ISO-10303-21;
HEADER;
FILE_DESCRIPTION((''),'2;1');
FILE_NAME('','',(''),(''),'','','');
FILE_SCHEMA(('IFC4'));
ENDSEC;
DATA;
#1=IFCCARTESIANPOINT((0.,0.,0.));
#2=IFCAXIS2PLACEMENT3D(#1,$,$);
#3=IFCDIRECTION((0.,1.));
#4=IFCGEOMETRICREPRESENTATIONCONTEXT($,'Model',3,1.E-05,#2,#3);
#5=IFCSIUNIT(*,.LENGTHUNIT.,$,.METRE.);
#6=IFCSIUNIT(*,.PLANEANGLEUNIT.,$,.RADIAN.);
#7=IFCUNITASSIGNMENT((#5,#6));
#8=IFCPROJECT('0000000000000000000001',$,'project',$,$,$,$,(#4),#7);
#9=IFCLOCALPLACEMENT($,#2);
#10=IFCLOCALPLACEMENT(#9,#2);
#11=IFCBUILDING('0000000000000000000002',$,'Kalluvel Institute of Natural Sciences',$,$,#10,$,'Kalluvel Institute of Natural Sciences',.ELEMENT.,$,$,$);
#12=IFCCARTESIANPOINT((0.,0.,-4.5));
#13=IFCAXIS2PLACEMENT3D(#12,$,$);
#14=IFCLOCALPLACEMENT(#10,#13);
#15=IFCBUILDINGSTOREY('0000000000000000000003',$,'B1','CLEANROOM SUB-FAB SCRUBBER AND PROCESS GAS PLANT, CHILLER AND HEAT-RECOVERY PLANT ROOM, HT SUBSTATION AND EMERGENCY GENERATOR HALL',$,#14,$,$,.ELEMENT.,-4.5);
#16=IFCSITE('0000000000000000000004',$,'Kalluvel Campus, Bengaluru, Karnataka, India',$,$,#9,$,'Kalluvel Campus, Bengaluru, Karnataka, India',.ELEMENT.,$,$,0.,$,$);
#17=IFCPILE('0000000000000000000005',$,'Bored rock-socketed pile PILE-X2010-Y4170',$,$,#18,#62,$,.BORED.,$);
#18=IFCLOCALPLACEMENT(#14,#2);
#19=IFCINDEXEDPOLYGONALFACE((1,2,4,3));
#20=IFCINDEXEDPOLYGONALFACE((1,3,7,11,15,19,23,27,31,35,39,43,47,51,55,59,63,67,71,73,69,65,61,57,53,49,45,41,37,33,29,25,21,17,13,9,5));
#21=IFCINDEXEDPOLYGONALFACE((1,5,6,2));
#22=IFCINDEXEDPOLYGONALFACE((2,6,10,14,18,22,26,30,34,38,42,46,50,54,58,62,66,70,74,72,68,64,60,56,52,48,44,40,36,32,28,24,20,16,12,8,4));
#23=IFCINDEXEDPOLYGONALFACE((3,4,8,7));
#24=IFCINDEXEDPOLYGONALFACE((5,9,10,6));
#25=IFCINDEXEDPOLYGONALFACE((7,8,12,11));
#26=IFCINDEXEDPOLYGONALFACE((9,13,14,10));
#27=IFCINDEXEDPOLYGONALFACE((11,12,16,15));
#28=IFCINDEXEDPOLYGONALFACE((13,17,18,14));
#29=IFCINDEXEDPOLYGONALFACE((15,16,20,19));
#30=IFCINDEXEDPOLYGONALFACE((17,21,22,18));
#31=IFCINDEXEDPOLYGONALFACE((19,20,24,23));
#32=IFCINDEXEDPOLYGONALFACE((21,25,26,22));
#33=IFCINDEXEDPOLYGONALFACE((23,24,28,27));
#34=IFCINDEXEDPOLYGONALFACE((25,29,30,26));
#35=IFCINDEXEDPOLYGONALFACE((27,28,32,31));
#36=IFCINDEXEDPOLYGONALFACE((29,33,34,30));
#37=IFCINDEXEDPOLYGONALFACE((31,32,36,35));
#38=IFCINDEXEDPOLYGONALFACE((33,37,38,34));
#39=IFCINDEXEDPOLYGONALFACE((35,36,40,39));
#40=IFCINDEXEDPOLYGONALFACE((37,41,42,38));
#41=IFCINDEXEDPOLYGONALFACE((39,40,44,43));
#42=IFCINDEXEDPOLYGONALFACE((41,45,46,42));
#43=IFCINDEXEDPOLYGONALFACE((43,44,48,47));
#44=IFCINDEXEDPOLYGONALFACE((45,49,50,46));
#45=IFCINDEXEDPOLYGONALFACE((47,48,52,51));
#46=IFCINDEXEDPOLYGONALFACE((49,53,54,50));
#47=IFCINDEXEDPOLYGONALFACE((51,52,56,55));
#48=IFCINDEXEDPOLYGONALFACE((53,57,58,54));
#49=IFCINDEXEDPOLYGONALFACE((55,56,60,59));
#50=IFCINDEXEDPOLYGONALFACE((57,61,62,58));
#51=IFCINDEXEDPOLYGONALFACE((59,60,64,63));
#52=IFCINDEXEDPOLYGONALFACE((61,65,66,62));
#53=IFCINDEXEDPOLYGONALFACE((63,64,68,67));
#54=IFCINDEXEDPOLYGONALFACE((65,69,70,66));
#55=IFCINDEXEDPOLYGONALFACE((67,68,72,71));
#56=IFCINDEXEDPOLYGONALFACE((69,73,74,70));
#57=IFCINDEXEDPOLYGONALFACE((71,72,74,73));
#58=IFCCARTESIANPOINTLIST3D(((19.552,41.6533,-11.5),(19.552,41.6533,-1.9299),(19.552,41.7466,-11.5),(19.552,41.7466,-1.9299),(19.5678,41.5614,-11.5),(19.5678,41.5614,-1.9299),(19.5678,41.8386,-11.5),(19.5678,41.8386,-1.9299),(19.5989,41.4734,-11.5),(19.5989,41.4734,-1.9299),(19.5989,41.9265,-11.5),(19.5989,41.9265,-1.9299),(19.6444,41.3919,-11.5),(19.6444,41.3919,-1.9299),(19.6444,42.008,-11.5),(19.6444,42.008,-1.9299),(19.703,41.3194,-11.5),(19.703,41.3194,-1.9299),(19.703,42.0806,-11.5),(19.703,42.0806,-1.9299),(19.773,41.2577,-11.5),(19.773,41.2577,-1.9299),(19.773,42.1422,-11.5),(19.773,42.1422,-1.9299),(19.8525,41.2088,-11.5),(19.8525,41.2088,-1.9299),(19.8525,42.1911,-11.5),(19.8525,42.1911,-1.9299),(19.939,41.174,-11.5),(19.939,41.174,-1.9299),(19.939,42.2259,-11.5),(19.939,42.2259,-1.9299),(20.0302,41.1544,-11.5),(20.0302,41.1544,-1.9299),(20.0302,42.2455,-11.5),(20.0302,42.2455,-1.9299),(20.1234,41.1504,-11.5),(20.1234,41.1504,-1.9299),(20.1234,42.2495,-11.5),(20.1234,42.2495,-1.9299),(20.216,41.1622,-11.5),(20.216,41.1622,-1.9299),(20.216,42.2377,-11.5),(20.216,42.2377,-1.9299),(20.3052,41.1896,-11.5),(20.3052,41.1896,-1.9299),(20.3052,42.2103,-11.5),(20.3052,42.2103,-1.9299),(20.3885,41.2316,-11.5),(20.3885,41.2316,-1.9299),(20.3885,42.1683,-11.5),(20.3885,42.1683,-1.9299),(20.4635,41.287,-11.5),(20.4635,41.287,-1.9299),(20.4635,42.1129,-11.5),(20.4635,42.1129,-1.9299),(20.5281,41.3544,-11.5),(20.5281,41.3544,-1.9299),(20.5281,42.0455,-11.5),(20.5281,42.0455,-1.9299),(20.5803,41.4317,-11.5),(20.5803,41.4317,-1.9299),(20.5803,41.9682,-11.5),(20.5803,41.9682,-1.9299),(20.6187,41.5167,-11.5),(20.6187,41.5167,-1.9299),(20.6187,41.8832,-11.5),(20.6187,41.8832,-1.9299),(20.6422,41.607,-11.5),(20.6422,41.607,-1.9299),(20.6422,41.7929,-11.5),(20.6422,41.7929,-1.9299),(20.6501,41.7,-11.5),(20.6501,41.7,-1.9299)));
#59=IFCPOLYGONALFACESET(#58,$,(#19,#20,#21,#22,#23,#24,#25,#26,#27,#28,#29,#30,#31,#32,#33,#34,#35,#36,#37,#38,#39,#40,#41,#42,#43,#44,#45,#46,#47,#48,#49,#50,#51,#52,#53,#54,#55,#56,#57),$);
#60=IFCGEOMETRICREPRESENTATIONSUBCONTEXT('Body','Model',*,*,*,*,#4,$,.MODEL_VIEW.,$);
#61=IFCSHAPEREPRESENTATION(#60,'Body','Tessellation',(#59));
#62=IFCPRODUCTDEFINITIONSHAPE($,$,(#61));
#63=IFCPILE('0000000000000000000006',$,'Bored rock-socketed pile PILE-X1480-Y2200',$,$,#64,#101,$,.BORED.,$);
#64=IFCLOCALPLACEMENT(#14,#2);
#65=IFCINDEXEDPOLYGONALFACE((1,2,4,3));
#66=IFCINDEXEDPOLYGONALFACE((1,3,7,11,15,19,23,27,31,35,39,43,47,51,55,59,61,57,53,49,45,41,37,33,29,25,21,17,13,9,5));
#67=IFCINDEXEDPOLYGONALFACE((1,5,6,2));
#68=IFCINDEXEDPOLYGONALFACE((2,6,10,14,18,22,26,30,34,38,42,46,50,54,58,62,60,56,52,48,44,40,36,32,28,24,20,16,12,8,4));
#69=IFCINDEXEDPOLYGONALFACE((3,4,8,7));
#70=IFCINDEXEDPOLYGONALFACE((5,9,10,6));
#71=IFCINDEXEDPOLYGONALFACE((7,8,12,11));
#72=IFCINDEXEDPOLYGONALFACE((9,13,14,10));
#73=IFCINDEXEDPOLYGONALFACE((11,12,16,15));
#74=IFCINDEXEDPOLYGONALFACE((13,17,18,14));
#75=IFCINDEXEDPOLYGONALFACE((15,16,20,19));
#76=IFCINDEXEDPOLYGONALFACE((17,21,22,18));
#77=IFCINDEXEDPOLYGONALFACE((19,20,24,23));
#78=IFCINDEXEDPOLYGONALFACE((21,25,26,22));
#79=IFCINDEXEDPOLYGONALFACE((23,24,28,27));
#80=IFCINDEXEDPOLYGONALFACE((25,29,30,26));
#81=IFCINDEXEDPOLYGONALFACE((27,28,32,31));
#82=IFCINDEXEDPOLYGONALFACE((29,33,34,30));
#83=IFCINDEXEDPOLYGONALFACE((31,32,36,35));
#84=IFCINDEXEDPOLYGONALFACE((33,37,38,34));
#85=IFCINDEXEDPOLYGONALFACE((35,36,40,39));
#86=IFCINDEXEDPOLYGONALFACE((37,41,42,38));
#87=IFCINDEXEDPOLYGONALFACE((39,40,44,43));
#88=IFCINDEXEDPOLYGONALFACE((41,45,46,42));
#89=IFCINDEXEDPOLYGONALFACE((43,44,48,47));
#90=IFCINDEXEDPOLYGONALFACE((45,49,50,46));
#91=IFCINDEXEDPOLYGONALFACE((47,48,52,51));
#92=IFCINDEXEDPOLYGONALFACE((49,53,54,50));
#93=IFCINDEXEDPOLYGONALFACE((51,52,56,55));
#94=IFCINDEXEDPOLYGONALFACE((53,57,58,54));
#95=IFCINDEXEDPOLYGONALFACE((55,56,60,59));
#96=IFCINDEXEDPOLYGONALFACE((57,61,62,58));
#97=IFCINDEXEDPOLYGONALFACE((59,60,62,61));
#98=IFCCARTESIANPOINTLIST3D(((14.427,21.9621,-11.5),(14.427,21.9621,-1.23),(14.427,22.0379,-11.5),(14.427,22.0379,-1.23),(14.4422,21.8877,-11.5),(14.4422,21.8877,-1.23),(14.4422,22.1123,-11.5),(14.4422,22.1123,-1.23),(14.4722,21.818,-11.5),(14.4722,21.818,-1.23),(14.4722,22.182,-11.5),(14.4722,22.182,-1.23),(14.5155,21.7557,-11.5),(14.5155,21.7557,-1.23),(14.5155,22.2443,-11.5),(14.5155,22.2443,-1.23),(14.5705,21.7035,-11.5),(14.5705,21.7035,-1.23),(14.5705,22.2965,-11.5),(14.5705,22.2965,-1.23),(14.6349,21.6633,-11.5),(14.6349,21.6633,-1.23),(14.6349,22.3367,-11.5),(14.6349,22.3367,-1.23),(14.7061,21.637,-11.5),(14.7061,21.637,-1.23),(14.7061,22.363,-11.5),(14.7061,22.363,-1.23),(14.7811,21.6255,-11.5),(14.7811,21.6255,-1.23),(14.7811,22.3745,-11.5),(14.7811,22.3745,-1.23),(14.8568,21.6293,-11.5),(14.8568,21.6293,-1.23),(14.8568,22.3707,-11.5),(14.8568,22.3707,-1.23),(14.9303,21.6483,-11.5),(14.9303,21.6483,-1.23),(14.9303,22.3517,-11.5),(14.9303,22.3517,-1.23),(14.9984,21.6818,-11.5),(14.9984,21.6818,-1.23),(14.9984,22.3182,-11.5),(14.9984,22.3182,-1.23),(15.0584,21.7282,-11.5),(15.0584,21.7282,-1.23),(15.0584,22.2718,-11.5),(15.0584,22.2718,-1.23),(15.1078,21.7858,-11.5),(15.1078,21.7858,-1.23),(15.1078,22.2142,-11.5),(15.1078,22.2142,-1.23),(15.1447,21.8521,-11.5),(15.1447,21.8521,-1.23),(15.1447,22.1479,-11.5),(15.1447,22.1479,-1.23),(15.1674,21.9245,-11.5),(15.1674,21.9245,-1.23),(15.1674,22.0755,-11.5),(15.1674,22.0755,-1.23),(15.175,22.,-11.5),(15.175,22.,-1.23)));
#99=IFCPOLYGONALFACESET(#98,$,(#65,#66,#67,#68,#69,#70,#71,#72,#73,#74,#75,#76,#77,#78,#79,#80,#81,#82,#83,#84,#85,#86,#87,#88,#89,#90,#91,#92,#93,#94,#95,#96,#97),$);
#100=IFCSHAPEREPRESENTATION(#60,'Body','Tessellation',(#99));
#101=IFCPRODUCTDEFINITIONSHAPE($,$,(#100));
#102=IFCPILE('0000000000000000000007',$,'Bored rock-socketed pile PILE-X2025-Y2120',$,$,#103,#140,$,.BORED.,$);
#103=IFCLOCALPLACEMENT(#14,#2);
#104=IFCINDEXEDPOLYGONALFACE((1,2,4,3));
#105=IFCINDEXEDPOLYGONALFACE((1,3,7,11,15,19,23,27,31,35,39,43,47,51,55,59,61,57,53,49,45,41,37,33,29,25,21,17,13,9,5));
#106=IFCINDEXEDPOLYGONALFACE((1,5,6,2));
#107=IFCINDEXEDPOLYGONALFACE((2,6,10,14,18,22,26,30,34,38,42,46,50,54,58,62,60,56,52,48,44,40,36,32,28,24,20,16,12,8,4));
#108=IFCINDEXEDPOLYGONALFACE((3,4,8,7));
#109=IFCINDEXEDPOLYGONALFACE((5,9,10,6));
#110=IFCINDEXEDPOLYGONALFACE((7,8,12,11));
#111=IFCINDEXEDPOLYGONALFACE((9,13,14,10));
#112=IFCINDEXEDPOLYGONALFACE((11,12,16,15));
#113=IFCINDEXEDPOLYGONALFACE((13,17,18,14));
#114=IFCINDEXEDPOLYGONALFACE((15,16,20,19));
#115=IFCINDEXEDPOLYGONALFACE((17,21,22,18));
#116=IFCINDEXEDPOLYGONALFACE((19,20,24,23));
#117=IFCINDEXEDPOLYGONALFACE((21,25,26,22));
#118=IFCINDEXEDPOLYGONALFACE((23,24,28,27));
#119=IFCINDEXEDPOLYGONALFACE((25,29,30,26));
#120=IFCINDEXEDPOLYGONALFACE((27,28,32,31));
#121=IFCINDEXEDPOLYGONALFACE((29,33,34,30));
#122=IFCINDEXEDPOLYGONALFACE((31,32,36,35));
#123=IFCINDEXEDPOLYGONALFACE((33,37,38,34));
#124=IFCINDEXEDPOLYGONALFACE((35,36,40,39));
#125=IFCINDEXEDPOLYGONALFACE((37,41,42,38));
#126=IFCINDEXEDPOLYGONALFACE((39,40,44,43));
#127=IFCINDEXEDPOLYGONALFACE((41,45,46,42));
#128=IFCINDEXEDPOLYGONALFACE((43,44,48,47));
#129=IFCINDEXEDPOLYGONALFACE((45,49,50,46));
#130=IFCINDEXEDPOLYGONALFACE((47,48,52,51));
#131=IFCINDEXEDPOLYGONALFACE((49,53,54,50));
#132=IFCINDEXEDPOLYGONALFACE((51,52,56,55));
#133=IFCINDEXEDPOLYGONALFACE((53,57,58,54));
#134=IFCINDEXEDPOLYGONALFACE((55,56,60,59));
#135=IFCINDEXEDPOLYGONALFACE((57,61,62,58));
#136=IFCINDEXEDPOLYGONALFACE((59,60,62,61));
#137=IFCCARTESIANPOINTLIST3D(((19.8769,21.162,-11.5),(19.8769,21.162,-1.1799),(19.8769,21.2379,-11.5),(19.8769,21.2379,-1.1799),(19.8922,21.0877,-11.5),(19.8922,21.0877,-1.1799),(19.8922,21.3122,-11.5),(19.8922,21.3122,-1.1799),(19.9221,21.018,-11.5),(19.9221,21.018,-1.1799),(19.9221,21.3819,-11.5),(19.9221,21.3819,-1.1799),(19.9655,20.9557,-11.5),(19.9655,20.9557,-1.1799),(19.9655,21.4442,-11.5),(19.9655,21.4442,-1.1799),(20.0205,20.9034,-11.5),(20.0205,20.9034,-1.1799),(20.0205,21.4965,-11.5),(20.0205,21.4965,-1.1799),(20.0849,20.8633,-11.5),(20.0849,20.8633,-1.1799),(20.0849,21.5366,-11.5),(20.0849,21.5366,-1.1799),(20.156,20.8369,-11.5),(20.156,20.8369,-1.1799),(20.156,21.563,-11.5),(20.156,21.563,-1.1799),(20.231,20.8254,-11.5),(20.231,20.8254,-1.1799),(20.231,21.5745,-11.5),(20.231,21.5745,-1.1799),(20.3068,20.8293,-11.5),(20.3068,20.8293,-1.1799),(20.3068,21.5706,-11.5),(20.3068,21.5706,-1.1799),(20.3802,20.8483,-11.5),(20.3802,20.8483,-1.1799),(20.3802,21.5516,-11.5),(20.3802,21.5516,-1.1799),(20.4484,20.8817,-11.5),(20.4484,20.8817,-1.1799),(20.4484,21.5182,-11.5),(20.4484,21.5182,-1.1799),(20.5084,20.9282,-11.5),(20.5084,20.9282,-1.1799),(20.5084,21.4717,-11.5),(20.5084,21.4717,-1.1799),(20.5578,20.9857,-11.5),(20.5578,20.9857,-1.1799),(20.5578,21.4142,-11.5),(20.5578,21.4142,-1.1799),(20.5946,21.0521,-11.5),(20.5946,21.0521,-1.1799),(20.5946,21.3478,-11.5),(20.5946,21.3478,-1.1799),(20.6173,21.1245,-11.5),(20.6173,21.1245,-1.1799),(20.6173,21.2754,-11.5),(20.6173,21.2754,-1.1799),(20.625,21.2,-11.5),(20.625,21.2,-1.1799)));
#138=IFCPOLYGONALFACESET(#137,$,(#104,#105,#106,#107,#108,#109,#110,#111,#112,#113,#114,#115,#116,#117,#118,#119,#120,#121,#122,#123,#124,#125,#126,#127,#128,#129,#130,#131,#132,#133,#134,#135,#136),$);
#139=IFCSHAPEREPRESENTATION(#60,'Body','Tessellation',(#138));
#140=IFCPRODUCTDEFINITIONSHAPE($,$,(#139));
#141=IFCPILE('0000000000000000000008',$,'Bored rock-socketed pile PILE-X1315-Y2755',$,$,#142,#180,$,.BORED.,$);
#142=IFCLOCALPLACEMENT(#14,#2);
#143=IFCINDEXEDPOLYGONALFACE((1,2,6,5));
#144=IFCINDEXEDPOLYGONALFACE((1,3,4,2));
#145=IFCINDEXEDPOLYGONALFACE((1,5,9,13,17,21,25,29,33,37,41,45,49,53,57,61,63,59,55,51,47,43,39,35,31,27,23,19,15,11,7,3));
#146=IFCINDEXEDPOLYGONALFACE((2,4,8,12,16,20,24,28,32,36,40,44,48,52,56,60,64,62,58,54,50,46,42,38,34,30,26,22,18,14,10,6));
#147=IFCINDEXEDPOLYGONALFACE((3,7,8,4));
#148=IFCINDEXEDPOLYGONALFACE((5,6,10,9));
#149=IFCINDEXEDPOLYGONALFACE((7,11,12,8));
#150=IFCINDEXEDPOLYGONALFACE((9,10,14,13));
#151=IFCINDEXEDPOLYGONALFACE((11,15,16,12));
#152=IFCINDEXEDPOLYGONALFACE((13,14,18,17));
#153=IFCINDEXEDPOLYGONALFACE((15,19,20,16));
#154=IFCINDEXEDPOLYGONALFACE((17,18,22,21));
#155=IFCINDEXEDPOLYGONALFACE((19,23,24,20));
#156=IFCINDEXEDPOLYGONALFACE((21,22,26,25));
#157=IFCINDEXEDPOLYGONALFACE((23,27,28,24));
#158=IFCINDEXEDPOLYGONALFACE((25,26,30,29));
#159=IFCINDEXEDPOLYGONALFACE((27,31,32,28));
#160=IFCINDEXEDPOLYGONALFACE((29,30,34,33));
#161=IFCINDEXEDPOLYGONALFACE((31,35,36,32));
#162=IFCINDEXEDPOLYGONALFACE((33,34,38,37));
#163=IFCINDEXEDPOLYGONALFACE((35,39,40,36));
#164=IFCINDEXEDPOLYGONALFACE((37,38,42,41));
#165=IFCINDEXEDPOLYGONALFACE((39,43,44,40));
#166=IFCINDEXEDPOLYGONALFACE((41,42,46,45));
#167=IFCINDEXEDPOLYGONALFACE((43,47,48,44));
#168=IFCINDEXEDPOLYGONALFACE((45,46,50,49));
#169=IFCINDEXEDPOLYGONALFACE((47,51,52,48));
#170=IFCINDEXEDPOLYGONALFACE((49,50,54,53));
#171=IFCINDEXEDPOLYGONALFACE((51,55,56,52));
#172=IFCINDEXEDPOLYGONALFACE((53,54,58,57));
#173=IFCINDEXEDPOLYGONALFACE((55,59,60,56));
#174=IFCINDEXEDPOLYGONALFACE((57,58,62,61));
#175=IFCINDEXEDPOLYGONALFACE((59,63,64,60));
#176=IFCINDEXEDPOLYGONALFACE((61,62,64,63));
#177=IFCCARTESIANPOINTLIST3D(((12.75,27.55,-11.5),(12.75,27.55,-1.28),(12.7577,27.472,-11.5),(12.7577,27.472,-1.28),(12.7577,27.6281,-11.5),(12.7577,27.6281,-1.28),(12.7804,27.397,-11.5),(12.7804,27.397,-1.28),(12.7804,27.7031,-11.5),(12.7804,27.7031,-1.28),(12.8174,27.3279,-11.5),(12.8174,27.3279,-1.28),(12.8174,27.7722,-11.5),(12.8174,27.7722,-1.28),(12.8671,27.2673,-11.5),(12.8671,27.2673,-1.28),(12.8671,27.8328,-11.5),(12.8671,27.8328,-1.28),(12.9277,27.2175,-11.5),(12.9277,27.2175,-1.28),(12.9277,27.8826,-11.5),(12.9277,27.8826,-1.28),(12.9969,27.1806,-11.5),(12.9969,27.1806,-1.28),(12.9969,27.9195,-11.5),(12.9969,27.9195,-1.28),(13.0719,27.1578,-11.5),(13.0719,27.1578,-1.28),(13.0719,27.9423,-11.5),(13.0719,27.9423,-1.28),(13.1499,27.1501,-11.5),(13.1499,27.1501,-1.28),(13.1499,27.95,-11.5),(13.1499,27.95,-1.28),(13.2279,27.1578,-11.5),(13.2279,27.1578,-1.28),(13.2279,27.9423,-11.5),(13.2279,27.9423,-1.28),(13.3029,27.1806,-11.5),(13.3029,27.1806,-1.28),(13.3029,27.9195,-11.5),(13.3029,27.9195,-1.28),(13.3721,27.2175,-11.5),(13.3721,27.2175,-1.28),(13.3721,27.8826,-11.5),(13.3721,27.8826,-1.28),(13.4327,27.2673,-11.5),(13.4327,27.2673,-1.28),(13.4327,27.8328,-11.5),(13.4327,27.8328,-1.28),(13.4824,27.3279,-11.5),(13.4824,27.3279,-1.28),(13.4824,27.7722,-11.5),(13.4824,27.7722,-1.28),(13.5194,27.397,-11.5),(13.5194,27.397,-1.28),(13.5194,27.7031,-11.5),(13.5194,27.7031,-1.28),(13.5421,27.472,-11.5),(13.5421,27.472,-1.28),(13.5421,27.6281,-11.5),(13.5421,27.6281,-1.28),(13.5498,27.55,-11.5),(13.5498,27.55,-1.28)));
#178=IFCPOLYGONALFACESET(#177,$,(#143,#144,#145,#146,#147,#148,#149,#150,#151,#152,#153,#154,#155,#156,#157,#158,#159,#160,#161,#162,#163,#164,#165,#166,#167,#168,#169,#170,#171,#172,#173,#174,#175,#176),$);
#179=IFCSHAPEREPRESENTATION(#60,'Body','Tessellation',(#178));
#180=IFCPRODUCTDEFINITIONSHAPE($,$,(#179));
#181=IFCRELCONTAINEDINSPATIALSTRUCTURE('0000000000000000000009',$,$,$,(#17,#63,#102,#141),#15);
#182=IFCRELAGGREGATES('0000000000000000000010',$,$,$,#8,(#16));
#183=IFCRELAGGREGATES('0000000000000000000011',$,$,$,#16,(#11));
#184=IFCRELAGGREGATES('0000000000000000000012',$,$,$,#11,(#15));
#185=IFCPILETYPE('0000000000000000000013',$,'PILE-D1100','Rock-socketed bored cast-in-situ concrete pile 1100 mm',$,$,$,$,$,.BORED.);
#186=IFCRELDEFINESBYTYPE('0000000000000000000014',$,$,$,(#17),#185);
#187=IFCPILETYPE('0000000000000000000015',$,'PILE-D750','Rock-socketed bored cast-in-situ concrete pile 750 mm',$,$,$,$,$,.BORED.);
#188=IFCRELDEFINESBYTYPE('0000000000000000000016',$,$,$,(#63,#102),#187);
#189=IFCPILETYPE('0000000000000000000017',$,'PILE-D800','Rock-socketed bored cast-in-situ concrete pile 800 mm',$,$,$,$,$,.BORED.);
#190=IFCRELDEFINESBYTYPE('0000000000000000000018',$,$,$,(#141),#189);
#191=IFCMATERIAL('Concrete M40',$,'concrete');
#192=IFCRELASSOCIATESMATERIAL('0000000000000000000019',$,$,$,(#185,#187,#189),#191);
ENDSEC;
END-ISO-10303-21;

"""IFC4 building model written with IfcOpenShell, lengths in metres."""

from ifc_helpers import new_model, si_unit, direction, frame, origin, origin_2d, place, context, subcontext, project, spatial, circle, extrude, material, material_profile, profile_set, type_object, element, save


model = new_model("IFC4")

# Units and contexts
model_context = context("Model", 3, precision=1e-05, world=origin(), true_north=direction((0.0, 1.0)))
body_context = subcontext(model_context, "Body", "Model", "MODEL_VIEW")
ifc_project = project(units=[si_unit("LENGTHUNIT", "METRE"), si_unit("PLANEANGLEUNIT", "RADIAN")], contexts=[model_context])

# Site, building, storey
site_placement = place(None, origin())
site = spatial("IfcSite", under=ifc_project, at=site_placement, Name="Kalluvel Campus, Bengaluru, Karnataka, India", LongName="Kalluvel Campus, Bengaluru, Karnataka, India", CompositionType="ELEMENT", RefElevation=0.0)
building_placement = place(site_placement, origin())
building = spatial("IfcBuilding", under=site, at=building_placement, Name="Kalluvel Institute of Natural Sciences", LongName="Kalluvel Institute of Natural Sciences", CompositionType="ELEMENT")
storey_placement = place(building_placement, frame((0.0, 0.0, -4.5)))
storey = spatial("IfcBuildingStorey", under=building, at=storey_placement, Name="B1", Description="CLEANROOM SUB-FAB SCRUBBER AND PROCESS GAS PLANT, CHILLER AND HEAT-RECOVERY PLANT ROOM, HT SUBSTATION AND EMERGENCY GENERATOR HALL", CompositionType="ELEMENT", Elevation=-4.5)

# Shared definitions
ifc_material_1 = material(Name="Concrete M40", Category="concrete")

# Piles
ifc_material_profile_1 = material_profile(ifc_material_1, circle(Radius=0.55, at=origin_2d()), Name="PILE D1100")
ifc_profile_set_1 = profile_set([ifc_material_profile_1], Name="Concrete M40")
pile_type_1 = type_object("IfcPileType", Name="PILE-D1100", Description="Rock-socketed bored cast-in-situ concrete pile 1100 mm", PredefinedType="BORED", material=ifc_profile_set_1)
pile_1_placement = place(storey_placement, frame((20.1001, 41.7, -1.9299), z_axis=(0.0, 0.0, -1.0), x_axis=(1.0, 0.0, 0.0)))
element("IfcPile", 1, at=pile_1_placement, inside=storey, type_object=pile_type_1, Name="Bored rock-socketed pile PILE-X2010-Y4170", PredefinedType="BORED", context=body_context, shape_type="SweptSolid", body=[
    extrude(circle(Radius=0.55, at=origin_2d()), origin(), (0.0, 0.0, 1.0), 9.5701),
])
ifc_material_profile_2 = material_profile(ifc_material_1, circle(Radius=0.375, at=origin_2d()), Name="PILE D750")
ifc_profile_set_2 = profile_set([ifc_material_profile_2], Name="Concrete M40")
pile_type_2 = type_object("IfcPileType", Name="PILE-D750", Description="Rock-socketed bored cast-in-situ concrete pile 750 mm", PredefinedType="BORED", material=ifc_profile_set_2)
pile_2_placement = place(storey_placement, frame((14.8, 22.0, -1.23), z_axis=(0.0, 0.0, -1.0), x_axis=(1.0, 0.0, 0.0)))
element("IfcPile", 2, at=pile_2_placement, inside=storey, type_object=pile_type_2, Name="Bored rock-socketed pile PILE-X1480-Y2200", PredefinedType="BORED", context=body_context, shape_type="SweptSolid", body=[
    extrude(circle(Radius=0.375, at=origin_2d()), origin(), (0.0, 0.0, 1.0), 10.27),
])
pile_3_placement = place(storey_placement, frame((20.25, 21.2, -1.1799), z_axis=(0.0, 0.0, -1.0), x_axis=(1.0, 0.0, 0.0)))
element("IfcPile", 3, at=pile_3_placement, inside=storey, type_object=pile_type_2, Name="Bored rock-socketed pile PILE-X2025-Y2120", PredefinedType="BORED", context=body_context, shape_type="SweptSolid", body=[
    extrude(circle(Radius=0.375, at=origin_2d()), origin(), (0.0, 0.0, 1.0), 10.3201),
])
ifc_material_profile_3 = material_profile(ifc_material_1, circle(Radius=0.3999, at=origin_2d()), Name="PILE D800")
ifc_profile_set_3 = profile_set([ifc_material_profile_3], Name="Concrete M40")
pile_type_3 = type_object("IfcPileType", Name="PILE-D800", Description="Rock-socketed bored cast-in-situ concrete pile 800 mm", PredefinedType="BORED", material=ifc_profile_set_3)
for number, where, z_axis, x_axis, name in (
    (4, (13.1499, 27.55, -1.28), (0.0, 0.0, -1.0), (1.0, 0.0, 0.0), "Bored rock-socketed pile PILE-X1315-Y2755"),
):
    element("IfcPile", number, at=place(storey_placement, frame(where, z_axis=z_axis, x_axis=x_axis)), inside=storey, type_object=pile_type_3, Name=name, PredefinedType="BORED", context=body_context, shape_type="SweptSolid", body=[
        extrude(circle(Radius=0.3999, at=origin_2d()), origin(), (0.0, 0.0, 1.0), 10.22),
    ])

save(model, "model.ifc")
